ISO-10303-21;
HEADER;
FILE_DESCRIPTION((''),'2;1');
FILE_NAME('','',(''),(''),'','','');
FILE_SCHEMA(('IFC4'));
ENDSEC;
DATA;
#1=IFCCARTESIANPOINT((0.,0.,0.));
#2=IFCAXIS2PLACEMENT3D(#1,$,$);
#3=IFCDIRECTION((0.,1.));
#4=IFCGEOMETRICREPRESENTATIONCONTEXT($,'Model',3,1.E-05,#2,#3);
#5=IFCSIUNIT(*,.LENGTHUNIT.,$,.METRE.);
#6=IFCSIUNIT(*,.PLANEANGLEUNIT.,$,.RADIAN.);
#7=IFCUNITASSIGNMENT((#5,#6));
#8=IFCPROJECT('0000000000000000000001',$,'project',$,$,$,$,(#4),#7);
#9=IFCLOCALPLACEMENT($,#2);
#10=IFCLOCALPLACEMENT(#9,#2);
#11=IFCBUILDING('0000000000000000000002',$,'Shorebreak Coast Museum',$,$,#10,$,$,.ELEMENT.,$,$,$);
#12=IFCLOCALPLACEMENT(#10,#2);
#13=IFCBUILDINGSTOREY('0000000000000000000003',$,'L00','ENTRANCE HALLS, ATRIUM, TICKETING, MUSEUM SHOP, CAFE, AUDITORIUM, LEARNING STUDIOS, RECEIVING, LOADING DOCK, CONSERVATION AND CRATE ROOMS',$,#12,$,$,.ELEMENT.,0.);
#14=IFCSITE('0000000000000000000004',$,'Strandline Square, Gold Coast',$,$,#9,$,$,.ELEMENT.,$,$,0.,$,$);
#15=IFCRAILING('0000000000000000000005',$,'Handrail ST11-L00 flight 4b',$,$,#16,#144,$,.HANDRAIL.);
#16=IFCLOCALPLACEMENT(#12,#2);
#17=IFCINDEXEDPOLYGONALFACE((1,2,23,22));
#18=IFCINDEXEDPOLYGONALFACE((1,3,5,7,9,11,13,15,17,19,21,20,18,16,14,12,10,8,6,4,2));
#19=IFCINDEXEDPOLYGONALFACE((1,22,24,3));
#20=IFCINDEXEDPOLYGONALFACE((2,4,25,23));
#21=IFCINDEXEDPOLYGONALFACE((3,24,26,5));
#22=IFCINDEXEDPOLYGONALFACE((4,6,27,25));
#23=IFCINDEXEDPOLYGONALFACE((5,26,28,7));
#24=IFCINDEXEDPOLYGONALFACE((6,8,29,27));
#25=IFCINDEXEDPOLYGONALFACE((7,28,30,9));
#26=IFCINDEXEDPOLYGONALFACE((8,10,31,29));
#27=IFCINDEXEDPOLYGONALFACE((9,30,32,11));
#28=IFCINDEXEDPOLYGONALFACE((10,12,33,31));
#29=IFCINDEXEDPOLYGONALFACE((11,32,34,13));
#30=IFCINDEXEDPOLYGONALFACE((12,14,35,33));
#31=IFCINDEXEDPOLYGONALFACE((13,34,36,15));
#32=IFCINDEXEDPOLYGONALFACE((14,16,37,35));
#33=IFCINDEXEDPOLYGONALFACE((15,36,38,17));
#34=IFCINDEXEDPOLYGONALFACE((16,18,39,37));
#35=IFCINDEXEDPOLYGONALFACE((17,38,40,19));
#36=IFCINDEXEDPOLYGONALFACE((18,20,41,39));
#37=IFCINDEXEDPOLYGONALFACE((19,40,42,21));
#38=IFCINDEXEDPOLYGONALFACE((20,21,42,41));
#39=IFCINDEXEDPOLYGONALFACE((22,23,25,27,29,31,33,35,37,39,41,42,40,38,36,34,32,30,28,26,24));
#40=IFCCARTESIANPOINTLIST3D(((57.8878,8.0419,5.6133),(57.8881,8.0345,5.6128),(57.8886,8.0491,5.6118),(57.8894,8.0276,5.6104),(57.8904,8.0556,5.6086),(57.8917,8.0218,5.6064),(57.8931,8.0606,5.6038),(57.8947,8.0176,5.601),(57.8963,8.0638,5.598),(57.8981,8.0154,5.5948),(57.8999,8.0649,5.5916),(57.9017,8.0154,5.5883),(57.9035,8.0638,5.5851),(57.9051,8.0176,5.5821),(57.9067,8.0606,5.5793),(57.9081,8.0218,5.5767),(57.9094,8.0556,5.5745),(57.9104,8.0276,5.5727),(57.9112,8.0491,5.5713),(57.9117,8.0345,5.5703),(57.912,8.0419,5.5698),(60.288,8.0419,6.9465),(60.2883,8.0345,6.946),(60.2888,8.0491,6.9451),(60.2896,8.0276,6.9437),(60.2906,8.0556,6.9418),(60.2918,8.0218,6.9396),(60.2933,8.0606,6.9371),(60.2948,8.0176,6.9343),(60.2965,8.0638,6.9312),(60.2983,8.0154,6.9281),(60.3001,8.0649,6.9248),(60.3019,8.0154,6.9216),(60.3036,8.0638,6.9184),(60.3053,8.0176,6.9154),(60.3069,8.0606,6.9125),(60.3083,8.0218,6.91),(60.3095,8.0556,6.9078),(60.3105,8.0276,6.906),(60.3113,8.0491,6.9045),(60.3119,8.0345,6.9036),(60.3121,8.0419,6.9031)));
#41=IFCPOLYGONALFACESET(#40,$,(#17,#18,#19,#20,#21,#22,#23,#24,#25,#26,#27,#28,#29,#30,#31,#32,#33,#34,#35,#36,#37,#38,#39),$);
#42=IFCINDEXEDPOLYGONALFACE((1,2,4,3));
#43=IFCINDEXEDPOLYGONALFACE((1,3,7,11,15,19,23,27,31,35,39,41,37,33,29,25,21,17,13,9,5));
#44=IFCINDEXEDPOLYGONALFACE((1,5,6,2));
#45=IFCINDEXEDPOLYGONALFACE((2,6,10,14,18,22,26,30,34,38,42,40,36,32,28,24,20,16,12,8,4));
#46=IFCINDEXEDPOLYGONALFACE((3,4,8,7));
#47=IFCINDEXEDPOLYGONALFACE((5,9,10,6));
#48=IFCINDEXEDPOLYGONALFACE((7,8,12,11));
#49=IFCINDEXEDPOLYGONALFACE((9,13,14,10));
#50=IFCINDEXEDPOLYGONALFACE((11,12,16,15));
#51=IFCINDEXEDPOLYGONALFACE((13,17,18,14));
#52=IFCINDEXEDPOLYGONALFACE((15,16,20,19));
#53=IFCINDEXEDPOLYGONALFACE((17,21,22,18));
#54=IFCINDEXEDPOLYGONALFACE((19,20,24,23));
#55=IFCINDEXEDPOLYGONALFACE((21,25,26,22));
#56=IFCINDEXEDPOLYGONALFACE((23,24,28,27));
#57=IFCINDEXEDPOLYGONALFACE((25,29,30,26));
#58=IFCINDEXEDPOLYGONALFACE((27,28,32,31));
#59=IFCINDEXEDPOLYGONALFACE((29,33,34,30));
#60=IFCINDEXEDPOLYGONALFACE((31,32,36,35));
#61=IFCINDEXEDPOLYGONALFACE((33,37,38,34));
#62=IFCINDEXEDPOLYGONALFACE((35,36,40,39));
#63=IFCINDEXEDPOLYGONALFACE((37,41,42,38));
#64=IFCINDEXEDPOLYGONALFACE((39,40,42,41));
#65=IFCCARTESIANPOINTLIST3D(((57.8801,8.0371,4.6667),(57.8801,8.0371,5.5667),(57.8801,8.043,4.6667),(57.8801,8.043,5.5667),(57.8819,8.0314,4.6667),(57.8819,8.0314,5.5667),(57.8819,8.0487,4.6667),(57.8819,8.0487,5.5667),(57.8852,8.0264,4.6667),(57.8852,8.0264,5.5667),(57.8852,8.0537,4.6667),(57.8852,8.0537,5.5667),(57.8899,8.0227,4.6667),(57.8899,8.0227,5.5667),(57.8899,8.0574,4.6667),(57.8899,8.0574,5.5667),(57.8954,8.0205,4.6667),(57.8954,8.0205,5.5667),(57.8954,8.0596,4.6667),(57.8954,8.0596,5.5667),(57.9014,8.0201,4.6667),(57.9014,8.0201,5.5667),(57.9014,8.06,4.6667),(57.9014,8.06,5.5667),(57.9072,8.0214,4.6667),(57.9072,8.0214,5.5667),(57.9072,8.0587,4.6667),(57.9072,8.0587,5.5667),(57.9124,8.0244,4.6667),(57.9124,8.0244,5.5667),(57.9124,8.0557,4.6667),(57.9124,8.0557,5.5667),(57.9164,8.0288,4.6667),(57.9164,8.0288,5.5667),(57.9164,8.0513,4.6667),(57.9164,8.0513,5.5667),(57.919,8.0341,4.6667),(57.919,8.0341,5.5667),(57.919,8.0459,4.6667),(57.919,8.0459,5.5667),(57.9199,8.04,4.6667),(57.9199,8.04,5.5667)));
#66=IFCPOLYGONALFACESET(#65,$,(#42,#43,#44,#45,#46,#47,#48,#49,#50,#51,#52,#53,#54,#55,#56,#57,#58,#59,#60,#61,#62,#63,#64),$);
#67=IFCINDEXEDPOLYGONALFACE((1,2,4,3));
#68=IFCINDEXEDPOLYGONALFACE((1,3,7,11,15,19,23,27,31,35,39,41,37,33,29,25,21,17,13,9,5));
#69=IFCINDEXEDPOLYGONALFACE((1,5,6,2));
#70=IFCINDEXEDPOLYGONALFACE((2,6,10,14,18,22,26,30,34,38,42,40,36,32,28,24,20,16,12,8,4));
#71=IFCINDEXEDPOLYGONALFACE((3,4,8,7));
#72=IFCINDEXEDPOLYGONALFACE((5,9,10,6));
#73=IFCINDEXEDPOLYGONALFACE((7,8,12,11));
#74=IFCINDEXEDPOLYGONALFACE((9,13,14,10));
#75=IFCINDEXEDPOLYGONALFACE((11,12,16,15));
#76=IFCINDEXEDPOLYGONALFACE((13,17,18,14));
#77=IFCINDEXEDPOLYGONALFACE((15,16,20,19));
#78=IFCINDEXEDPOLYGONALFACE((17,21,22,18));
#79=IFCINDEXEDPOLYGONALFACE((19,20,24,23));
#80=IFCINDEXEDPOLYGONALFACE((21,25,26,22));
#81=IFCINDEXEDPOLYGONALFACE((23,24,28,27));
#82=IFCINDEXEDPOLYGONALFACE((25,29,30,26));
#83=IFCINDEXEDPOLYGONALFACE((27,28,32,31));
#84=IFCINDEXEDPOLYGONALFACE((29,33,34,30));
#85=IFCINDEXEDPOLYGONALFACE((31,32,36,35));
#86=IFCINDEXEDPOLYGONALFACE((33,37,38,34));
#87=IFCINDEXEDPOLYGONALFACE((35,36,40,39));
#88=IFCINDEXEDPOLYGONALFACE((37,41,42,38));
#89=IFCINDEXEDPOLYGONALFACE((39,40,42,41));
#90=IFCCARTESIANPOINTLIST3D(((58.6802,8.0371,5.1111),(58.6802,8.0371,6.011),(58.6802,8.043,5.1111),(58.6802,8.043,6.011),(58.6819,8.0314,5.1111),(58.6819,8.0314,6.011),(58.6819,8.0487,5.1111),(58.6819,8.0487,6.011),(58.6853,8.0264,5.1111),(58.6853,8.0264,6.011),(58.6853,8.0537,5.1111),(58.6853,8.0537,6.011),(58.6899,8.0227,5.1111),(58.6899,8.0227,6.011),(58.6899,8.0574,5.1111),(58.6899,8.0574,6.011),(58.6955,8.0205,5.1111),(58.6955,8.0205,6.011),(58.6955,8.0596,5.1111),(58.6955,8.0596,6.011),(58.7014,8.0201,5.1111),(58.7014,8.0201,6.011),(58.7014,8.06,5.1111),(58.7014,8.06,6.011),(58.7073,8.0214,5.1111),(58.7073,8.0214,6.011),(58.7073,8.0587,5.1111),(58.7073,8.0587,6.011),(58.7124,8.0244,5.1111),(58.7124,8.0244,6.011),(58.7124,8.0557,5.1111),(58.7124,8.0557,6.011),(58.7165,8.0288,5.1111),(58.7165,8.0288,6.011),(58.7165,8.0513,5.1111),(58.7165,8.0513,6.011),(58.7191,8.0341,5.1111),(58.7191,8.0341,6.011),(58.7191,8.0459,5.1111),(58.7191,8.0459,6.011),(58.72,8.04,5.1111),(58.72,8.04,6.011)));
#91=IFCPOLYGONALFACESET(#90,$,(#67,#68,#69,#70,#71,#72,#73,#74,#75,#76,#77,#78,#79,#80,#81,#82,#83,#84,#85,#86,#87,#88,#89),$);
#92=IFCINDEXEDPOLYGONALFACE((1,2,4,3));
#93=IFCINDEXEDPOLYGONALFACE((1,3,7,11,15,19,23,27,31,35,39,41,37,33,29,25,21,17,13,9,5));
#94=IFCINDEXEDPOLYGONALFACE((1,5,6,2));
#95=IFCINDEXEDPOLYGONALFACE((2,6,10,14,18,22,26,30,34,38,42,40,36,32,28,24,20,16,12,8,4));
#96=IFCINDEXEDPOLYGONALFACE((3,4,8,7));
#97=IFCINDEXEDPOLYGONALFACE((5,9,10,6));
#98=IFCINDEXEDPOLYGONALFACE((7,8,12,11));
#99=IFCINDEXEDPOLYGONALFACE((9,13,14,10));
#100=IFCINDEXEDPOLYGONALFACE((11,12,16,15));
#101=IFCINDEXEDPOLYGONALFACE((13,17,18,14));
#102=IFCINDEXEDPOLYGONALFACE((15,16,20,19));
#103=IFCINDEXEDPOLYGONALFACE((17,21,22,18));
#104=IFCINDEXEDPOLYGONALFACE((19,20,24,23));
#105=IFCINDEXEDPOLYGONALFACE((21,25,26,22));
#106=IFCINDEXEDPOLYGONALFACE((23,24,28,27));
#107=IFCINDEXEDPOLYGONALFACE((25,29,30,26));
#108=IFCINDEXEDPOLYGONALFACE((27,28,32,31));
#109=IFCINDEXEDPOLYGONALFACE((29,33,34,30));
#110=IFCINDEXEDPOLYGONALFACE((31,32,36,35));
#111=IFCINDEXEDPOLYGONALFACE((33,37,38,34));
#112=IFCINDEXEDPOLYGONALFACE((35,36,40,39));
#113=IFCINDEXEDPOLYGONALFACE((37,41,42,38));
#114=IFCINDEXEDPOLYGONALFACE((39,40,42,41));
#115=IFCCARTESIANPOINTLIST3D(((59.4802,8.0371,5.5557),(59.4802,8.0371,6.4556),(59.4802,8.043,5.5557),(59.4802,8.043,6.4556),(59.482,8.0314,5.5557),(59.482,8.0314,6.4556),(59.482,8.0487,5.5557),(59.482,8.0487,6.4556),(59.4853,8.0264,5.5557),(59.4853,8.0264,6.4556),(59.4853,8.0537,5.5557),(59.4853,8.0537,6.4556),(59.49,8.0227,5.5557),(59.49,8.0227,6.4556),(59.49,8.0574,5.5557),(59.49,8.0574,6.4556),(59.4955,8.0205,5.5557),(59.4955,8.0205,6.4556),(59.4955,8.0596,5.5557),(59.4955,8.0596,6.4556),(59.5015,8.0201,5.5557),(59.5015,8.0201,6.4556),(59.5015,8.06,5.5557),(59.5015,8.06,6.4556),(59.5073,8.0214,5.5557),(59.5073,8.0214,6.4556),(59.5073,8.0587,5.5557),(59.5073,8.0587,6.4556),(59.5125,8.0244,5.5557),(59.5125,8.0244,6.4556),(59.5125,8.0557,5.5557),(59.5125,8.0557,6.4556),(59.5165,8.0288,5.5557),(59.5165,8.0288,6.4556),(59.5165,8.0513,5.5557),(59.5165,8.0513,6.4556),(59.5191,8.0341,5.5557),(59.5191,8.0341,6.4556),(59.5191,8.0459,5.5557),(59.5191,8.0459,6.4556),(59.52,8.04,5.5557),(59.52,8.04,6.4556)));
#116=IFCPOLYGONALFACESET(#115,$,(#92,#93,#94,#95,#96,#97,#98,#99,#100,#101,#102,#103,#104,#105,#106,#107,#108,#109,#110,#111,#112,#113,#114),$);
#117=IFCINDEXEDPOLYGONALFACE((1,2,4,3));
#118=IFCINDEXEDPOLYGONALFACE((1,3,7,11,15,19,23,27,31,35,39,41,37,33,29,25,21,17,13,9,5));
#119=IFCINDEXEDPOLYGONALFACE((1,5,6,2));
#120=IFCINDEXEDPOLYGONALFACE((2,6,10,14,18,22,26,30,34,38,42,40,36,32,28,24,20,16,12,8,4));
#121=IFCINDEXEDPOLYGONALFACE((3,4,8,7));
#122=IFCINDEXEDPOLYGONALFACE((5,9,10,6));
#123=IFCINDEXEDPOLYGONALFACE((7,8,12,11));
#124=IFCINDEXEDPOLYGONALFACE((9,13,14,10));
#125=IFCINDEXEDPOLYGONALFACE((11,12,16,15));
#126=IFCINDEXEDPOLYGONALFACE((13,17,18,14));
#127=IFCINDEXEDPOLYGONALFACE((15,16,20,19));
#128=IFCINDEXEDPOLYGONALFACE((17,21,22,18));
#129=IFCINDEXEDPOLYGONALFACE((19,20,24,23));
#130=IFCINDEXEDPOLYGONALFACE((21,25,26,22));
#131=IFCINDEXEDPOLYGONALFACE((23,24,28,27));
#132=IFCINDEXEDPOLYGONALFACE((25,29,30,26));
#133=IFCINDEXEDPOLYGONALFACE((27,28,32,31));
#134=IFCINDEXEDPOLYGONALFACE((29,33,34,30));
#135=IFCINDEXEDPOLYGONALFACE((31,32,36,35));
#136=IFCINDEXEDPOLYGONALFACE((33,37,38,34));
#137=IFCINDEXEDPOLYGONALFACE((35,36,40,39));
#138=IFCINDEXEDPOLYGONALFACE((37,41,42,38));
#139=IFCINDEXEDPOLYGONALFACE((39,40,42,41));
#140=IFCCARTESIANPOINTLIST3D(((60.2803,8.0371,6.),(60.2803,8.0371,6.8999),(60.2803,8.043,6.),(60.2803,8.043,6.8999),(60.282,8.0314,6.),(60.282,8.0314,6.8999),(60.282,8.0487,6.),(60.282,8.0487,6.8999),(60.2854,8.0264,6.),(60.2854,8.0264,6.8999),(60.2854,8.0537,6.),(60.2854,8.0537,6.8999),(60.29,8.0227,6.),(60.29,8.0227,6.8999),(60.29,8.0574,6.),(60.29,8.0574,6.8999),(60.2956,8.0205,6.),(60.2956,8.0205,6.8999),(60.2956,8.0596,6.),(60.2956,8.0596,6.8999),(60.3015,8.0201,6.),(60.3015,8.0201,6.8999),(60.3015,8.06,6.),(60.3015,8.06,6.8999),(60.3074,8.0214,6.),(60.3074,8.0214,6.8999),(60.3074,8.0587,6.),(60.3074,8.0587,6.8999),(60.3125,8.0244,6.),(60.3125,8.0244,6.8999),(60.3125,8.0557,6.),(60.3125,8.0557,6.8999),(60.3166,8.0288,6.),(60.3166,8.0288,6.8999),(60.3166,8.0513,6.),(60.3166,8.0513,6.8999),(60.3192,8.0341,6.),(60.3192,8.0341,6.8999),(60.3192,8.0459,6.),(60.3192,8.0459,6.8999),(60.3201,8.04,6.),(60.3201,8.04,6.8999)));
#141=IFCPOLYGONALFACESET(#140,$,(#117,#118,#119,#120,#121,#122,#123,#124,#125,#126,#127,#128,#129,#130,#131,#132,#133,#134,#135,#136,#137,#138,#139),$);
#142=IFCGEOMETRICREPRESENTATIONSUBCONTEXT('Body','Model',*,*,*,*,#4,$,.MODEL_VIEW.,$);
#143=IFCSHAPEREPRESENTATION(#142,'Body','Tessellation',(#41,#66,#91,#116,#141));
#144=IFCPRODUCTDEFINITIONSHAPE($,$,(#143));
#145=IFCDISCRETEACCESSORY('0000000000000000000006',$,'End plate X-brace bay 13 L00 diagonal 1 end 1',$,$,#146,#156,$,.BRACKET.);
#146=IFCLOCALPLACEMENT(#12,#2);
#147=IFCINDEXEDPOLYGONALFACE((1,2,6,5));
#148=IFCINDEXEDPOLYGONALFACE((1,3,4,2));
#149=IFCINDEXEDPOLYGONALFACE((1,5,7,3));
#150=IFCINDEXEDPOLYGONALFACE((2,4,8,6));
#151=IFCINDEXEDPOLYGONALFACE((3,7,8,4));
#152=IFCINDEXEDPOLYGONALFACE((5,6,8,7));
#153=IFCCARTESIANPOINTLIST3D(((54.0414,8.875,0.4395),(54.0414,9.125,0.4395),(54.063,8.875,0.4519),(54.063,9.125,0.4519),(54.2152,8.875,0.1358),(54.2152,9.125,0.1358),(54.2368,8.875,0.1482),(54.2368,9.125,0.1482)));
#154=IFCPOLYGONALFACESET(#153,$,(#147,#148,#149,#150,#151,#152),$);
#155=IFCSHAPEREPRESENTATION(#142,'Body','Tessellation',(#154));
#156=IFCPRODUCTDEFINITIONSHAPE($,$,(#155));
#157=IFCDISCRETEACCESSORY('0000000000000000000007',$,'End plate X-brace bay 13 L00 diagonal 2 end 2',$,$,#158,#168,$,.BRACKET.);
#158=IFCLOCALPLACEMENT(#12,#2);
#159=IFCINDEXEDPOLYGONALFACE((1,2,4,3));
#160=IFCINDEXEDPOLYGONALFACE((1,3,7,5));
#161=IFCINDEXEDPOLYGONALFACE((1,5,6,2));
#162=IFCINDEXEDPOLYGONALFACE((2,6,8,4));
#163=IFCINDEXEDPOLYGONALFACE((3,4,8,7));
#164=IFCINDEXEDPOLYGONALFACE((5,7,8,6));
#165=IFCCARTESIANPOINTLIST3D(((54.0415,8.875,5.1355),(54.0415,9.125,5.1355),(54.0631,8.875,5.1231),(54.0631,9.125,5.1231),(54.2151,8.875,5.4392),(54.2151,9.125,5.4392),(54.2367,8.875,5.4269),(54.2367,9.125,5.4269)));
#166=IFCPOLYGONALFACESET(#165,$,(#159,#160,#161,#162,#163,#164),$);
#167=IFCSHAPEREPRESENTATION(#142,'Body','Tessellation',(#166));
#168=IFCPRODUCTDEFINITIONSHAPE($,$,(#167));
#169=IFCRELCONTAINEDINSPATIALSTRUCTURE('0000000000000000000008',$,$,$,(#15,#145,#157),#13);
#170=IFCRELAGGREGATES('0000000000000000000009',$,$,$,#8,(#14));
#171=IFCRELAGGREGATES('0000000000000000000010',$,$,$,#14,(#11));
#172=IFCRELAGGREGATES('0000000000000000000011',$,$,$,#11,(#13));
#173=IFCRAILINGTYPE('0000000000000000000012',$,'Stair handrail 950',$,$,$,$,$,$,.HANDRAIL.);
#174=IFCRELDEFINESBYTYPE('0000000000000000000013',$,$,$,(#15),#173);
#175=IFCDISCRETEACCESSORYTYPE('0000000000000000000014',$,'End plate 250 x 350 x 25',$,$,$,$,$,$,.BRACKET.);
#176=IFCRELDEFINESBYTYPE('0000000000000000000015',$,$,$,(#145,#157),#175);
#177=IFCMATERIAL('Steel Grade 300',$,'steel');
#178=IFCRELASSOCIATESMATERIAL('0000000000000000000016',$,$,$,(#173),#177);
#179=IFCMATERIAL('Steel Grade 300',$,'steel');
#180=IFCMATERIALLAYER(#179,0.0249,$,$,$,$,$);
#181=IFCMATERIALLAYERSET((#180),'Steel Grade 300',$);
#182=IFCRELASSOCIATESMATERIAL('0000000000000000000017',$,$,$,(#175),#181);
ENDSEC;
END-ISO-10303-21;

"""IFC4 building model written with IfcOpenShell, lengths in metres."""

from ifc_helpers import new_model, si_unit, direction, frame, origin, origin_2d, place, context, subcontext, project, spatial, polyline, circle, outline, extrude, material, layer, layer_set, type_object, element, save


model = new_model("IFC4")

# Units and contexts
model_context = context("Model", 3, precision=1e-05, world=origin(), true_north=direction((0.0, 1.0)))
body_context = subcontext(model_context, "Body", "Model", "MODEL_VIEW")
ifc_project = project(units=[si_unit("LENGTHUNIT", "METRE"), si_unit("PLANEANGLEUNIT", "RADIAN")], contexts=[model_context])

# Site, building, storey
site_placement = place(None, origin())
site = spatial("IfcSite", under=ifc_project, at=site_placement, Name="Strandline Square, Gold Coast", CompositionType="ELEMENT", RefElevation=0.0)
building_placement = place(site_placement, origin())
building = spatial("IfcBuilding", under=site, at=building_placement, Name="Shorebreak Coast Museum", CompositionType="ELEMENT")
storey_placement = place(building_placement, origin())
storey = spatial("IfcBuildingStorey", under=building, at=storey_placement, Name="L00", Description="ENTRANCE HALLS, ATRIUM, TICKETING, MUSEUM SHOP, CAFE, AUDITORIUM, LEARNING STUDIOS, RECEIVING, LOADING DOCK, CONSERVATION AND CRATE ROOMS", CompositionType="ELEMENT", Elevation=0.0)

# Railing
ifc_material_1 = material(Name="Steel Grade 300", Category="steel")
railing_type_1 = type_object("IfcRailingType", Name="Stair handrail 950", PredefinedType="HANDRAIL", material=ifc_material_1)
for number, where, name in (
    (1, (57.8999, 8.04, 4.6667), "Handrail ST11-L00 flight 4b"),
):
    element("IfcRailing", number, at=place(storey_placement, frame(where)), inside=storey, type_object=railing_type_1, Name=name, PredefinedType="HANDRAIL", context=body_context, shape_type="SweptSolid", body=[
        extrude(circle(Radius=0.0249, at=origin_2d()), frame((0.0, 0.0, 0.9248), z_axis=(0.874182, 0.0, 0.485598), x_axis=(0.0, 1.0, 0.0)), (0.0, 0.0, 1.0), 2.7456),
        extrude(circle(Radius=0.02, at=origin_2d()), origin(), (0.0, 0.0, 1.0), 0.8999),
        extrude(circle(Radius=0.02, at=origin_2d()), frame((0.8, 0.0, 0.4443)), (0.0, 0.0, 1.0), 0.8999),
        extrude(circle(Radius=0.02, at=origin_2d()), frame((1.6001, 0.0, 0.8889)), (0.0, 0.0, 1.0), 0.8999),
        extrude(circle(Radius=0.02, at=origin_2d()), frame((2.4001, 0.0, 1.3333)), (0.0, 0.0, 1.0), 0.8999),
    ])

# Discrete accessories
ifc_material_2 = material(Name="Steel Grade 300", Category="steel")
ifc_layer_1 = layer(ifc_material_2, 0.0249)
ifc_layer_set_1 = layer_set([ifc_layer_1], Name="Steel Grade 300")
discrete_accessory_type = type_object("IfcDiscreteAccessoryType", Name="End plate 250 x 350 x 25", PredefinedType="BRACKET", material=ifc_layer_set_1)
discrete_accessory_1_placement = place(storey_placement, frame((54.2368, 8.875, 0.1482), z_axis=(0.867899, 0.0, 0.49674), x_axis=(0.0, 1.0, 0.0)))
element("IfcDiscreteAccessory", 2, at=discrete_accessory_1_placement, inside=storey, type_object=discrete_accessory_type, Name="End plate X-brace bay 13 L00 diagonal 1 end 1", PredefinedType="BRACKET", context=body_context, shape_type="SweptSolid", body=[
    extrude(outline(polyline([(0.0, 0.0), (0.25, 0.0), (0.25, 0.3499), (0.0, 0.3499), (0.0, 0.0)])), origin(), (0.0, 0.0, -1.0), 0.0249),
])
discrete_accessory_2_placement = place(storey_placement, frame((54.0415, 9.125, 5.1355), z_axis=(-0.8682, 0.0, 0.496214), x_axis=(0.0, -1.0, 0.0)))
element("IfcDiscreteAccessory", 3, at=discrete_accessory_2_placement, inside=storey, type_object=discrete_accessory_type, Name="End plate X-brace bay 13 L00 diagonal 2 end 2", PredefinedType="BRACKET", context=body_context, shape_type="SweptSolid", body=[
    extrude(outline(polyline([(0.0, 0.0), (0.25, 0.0), (0.25, 0.3498), (0.0, 0.3498), (0.0, 0.0)])), origin(), (0.0, 0.0, -1.0), 0.0249),
])

save(model, "model.ifc")
